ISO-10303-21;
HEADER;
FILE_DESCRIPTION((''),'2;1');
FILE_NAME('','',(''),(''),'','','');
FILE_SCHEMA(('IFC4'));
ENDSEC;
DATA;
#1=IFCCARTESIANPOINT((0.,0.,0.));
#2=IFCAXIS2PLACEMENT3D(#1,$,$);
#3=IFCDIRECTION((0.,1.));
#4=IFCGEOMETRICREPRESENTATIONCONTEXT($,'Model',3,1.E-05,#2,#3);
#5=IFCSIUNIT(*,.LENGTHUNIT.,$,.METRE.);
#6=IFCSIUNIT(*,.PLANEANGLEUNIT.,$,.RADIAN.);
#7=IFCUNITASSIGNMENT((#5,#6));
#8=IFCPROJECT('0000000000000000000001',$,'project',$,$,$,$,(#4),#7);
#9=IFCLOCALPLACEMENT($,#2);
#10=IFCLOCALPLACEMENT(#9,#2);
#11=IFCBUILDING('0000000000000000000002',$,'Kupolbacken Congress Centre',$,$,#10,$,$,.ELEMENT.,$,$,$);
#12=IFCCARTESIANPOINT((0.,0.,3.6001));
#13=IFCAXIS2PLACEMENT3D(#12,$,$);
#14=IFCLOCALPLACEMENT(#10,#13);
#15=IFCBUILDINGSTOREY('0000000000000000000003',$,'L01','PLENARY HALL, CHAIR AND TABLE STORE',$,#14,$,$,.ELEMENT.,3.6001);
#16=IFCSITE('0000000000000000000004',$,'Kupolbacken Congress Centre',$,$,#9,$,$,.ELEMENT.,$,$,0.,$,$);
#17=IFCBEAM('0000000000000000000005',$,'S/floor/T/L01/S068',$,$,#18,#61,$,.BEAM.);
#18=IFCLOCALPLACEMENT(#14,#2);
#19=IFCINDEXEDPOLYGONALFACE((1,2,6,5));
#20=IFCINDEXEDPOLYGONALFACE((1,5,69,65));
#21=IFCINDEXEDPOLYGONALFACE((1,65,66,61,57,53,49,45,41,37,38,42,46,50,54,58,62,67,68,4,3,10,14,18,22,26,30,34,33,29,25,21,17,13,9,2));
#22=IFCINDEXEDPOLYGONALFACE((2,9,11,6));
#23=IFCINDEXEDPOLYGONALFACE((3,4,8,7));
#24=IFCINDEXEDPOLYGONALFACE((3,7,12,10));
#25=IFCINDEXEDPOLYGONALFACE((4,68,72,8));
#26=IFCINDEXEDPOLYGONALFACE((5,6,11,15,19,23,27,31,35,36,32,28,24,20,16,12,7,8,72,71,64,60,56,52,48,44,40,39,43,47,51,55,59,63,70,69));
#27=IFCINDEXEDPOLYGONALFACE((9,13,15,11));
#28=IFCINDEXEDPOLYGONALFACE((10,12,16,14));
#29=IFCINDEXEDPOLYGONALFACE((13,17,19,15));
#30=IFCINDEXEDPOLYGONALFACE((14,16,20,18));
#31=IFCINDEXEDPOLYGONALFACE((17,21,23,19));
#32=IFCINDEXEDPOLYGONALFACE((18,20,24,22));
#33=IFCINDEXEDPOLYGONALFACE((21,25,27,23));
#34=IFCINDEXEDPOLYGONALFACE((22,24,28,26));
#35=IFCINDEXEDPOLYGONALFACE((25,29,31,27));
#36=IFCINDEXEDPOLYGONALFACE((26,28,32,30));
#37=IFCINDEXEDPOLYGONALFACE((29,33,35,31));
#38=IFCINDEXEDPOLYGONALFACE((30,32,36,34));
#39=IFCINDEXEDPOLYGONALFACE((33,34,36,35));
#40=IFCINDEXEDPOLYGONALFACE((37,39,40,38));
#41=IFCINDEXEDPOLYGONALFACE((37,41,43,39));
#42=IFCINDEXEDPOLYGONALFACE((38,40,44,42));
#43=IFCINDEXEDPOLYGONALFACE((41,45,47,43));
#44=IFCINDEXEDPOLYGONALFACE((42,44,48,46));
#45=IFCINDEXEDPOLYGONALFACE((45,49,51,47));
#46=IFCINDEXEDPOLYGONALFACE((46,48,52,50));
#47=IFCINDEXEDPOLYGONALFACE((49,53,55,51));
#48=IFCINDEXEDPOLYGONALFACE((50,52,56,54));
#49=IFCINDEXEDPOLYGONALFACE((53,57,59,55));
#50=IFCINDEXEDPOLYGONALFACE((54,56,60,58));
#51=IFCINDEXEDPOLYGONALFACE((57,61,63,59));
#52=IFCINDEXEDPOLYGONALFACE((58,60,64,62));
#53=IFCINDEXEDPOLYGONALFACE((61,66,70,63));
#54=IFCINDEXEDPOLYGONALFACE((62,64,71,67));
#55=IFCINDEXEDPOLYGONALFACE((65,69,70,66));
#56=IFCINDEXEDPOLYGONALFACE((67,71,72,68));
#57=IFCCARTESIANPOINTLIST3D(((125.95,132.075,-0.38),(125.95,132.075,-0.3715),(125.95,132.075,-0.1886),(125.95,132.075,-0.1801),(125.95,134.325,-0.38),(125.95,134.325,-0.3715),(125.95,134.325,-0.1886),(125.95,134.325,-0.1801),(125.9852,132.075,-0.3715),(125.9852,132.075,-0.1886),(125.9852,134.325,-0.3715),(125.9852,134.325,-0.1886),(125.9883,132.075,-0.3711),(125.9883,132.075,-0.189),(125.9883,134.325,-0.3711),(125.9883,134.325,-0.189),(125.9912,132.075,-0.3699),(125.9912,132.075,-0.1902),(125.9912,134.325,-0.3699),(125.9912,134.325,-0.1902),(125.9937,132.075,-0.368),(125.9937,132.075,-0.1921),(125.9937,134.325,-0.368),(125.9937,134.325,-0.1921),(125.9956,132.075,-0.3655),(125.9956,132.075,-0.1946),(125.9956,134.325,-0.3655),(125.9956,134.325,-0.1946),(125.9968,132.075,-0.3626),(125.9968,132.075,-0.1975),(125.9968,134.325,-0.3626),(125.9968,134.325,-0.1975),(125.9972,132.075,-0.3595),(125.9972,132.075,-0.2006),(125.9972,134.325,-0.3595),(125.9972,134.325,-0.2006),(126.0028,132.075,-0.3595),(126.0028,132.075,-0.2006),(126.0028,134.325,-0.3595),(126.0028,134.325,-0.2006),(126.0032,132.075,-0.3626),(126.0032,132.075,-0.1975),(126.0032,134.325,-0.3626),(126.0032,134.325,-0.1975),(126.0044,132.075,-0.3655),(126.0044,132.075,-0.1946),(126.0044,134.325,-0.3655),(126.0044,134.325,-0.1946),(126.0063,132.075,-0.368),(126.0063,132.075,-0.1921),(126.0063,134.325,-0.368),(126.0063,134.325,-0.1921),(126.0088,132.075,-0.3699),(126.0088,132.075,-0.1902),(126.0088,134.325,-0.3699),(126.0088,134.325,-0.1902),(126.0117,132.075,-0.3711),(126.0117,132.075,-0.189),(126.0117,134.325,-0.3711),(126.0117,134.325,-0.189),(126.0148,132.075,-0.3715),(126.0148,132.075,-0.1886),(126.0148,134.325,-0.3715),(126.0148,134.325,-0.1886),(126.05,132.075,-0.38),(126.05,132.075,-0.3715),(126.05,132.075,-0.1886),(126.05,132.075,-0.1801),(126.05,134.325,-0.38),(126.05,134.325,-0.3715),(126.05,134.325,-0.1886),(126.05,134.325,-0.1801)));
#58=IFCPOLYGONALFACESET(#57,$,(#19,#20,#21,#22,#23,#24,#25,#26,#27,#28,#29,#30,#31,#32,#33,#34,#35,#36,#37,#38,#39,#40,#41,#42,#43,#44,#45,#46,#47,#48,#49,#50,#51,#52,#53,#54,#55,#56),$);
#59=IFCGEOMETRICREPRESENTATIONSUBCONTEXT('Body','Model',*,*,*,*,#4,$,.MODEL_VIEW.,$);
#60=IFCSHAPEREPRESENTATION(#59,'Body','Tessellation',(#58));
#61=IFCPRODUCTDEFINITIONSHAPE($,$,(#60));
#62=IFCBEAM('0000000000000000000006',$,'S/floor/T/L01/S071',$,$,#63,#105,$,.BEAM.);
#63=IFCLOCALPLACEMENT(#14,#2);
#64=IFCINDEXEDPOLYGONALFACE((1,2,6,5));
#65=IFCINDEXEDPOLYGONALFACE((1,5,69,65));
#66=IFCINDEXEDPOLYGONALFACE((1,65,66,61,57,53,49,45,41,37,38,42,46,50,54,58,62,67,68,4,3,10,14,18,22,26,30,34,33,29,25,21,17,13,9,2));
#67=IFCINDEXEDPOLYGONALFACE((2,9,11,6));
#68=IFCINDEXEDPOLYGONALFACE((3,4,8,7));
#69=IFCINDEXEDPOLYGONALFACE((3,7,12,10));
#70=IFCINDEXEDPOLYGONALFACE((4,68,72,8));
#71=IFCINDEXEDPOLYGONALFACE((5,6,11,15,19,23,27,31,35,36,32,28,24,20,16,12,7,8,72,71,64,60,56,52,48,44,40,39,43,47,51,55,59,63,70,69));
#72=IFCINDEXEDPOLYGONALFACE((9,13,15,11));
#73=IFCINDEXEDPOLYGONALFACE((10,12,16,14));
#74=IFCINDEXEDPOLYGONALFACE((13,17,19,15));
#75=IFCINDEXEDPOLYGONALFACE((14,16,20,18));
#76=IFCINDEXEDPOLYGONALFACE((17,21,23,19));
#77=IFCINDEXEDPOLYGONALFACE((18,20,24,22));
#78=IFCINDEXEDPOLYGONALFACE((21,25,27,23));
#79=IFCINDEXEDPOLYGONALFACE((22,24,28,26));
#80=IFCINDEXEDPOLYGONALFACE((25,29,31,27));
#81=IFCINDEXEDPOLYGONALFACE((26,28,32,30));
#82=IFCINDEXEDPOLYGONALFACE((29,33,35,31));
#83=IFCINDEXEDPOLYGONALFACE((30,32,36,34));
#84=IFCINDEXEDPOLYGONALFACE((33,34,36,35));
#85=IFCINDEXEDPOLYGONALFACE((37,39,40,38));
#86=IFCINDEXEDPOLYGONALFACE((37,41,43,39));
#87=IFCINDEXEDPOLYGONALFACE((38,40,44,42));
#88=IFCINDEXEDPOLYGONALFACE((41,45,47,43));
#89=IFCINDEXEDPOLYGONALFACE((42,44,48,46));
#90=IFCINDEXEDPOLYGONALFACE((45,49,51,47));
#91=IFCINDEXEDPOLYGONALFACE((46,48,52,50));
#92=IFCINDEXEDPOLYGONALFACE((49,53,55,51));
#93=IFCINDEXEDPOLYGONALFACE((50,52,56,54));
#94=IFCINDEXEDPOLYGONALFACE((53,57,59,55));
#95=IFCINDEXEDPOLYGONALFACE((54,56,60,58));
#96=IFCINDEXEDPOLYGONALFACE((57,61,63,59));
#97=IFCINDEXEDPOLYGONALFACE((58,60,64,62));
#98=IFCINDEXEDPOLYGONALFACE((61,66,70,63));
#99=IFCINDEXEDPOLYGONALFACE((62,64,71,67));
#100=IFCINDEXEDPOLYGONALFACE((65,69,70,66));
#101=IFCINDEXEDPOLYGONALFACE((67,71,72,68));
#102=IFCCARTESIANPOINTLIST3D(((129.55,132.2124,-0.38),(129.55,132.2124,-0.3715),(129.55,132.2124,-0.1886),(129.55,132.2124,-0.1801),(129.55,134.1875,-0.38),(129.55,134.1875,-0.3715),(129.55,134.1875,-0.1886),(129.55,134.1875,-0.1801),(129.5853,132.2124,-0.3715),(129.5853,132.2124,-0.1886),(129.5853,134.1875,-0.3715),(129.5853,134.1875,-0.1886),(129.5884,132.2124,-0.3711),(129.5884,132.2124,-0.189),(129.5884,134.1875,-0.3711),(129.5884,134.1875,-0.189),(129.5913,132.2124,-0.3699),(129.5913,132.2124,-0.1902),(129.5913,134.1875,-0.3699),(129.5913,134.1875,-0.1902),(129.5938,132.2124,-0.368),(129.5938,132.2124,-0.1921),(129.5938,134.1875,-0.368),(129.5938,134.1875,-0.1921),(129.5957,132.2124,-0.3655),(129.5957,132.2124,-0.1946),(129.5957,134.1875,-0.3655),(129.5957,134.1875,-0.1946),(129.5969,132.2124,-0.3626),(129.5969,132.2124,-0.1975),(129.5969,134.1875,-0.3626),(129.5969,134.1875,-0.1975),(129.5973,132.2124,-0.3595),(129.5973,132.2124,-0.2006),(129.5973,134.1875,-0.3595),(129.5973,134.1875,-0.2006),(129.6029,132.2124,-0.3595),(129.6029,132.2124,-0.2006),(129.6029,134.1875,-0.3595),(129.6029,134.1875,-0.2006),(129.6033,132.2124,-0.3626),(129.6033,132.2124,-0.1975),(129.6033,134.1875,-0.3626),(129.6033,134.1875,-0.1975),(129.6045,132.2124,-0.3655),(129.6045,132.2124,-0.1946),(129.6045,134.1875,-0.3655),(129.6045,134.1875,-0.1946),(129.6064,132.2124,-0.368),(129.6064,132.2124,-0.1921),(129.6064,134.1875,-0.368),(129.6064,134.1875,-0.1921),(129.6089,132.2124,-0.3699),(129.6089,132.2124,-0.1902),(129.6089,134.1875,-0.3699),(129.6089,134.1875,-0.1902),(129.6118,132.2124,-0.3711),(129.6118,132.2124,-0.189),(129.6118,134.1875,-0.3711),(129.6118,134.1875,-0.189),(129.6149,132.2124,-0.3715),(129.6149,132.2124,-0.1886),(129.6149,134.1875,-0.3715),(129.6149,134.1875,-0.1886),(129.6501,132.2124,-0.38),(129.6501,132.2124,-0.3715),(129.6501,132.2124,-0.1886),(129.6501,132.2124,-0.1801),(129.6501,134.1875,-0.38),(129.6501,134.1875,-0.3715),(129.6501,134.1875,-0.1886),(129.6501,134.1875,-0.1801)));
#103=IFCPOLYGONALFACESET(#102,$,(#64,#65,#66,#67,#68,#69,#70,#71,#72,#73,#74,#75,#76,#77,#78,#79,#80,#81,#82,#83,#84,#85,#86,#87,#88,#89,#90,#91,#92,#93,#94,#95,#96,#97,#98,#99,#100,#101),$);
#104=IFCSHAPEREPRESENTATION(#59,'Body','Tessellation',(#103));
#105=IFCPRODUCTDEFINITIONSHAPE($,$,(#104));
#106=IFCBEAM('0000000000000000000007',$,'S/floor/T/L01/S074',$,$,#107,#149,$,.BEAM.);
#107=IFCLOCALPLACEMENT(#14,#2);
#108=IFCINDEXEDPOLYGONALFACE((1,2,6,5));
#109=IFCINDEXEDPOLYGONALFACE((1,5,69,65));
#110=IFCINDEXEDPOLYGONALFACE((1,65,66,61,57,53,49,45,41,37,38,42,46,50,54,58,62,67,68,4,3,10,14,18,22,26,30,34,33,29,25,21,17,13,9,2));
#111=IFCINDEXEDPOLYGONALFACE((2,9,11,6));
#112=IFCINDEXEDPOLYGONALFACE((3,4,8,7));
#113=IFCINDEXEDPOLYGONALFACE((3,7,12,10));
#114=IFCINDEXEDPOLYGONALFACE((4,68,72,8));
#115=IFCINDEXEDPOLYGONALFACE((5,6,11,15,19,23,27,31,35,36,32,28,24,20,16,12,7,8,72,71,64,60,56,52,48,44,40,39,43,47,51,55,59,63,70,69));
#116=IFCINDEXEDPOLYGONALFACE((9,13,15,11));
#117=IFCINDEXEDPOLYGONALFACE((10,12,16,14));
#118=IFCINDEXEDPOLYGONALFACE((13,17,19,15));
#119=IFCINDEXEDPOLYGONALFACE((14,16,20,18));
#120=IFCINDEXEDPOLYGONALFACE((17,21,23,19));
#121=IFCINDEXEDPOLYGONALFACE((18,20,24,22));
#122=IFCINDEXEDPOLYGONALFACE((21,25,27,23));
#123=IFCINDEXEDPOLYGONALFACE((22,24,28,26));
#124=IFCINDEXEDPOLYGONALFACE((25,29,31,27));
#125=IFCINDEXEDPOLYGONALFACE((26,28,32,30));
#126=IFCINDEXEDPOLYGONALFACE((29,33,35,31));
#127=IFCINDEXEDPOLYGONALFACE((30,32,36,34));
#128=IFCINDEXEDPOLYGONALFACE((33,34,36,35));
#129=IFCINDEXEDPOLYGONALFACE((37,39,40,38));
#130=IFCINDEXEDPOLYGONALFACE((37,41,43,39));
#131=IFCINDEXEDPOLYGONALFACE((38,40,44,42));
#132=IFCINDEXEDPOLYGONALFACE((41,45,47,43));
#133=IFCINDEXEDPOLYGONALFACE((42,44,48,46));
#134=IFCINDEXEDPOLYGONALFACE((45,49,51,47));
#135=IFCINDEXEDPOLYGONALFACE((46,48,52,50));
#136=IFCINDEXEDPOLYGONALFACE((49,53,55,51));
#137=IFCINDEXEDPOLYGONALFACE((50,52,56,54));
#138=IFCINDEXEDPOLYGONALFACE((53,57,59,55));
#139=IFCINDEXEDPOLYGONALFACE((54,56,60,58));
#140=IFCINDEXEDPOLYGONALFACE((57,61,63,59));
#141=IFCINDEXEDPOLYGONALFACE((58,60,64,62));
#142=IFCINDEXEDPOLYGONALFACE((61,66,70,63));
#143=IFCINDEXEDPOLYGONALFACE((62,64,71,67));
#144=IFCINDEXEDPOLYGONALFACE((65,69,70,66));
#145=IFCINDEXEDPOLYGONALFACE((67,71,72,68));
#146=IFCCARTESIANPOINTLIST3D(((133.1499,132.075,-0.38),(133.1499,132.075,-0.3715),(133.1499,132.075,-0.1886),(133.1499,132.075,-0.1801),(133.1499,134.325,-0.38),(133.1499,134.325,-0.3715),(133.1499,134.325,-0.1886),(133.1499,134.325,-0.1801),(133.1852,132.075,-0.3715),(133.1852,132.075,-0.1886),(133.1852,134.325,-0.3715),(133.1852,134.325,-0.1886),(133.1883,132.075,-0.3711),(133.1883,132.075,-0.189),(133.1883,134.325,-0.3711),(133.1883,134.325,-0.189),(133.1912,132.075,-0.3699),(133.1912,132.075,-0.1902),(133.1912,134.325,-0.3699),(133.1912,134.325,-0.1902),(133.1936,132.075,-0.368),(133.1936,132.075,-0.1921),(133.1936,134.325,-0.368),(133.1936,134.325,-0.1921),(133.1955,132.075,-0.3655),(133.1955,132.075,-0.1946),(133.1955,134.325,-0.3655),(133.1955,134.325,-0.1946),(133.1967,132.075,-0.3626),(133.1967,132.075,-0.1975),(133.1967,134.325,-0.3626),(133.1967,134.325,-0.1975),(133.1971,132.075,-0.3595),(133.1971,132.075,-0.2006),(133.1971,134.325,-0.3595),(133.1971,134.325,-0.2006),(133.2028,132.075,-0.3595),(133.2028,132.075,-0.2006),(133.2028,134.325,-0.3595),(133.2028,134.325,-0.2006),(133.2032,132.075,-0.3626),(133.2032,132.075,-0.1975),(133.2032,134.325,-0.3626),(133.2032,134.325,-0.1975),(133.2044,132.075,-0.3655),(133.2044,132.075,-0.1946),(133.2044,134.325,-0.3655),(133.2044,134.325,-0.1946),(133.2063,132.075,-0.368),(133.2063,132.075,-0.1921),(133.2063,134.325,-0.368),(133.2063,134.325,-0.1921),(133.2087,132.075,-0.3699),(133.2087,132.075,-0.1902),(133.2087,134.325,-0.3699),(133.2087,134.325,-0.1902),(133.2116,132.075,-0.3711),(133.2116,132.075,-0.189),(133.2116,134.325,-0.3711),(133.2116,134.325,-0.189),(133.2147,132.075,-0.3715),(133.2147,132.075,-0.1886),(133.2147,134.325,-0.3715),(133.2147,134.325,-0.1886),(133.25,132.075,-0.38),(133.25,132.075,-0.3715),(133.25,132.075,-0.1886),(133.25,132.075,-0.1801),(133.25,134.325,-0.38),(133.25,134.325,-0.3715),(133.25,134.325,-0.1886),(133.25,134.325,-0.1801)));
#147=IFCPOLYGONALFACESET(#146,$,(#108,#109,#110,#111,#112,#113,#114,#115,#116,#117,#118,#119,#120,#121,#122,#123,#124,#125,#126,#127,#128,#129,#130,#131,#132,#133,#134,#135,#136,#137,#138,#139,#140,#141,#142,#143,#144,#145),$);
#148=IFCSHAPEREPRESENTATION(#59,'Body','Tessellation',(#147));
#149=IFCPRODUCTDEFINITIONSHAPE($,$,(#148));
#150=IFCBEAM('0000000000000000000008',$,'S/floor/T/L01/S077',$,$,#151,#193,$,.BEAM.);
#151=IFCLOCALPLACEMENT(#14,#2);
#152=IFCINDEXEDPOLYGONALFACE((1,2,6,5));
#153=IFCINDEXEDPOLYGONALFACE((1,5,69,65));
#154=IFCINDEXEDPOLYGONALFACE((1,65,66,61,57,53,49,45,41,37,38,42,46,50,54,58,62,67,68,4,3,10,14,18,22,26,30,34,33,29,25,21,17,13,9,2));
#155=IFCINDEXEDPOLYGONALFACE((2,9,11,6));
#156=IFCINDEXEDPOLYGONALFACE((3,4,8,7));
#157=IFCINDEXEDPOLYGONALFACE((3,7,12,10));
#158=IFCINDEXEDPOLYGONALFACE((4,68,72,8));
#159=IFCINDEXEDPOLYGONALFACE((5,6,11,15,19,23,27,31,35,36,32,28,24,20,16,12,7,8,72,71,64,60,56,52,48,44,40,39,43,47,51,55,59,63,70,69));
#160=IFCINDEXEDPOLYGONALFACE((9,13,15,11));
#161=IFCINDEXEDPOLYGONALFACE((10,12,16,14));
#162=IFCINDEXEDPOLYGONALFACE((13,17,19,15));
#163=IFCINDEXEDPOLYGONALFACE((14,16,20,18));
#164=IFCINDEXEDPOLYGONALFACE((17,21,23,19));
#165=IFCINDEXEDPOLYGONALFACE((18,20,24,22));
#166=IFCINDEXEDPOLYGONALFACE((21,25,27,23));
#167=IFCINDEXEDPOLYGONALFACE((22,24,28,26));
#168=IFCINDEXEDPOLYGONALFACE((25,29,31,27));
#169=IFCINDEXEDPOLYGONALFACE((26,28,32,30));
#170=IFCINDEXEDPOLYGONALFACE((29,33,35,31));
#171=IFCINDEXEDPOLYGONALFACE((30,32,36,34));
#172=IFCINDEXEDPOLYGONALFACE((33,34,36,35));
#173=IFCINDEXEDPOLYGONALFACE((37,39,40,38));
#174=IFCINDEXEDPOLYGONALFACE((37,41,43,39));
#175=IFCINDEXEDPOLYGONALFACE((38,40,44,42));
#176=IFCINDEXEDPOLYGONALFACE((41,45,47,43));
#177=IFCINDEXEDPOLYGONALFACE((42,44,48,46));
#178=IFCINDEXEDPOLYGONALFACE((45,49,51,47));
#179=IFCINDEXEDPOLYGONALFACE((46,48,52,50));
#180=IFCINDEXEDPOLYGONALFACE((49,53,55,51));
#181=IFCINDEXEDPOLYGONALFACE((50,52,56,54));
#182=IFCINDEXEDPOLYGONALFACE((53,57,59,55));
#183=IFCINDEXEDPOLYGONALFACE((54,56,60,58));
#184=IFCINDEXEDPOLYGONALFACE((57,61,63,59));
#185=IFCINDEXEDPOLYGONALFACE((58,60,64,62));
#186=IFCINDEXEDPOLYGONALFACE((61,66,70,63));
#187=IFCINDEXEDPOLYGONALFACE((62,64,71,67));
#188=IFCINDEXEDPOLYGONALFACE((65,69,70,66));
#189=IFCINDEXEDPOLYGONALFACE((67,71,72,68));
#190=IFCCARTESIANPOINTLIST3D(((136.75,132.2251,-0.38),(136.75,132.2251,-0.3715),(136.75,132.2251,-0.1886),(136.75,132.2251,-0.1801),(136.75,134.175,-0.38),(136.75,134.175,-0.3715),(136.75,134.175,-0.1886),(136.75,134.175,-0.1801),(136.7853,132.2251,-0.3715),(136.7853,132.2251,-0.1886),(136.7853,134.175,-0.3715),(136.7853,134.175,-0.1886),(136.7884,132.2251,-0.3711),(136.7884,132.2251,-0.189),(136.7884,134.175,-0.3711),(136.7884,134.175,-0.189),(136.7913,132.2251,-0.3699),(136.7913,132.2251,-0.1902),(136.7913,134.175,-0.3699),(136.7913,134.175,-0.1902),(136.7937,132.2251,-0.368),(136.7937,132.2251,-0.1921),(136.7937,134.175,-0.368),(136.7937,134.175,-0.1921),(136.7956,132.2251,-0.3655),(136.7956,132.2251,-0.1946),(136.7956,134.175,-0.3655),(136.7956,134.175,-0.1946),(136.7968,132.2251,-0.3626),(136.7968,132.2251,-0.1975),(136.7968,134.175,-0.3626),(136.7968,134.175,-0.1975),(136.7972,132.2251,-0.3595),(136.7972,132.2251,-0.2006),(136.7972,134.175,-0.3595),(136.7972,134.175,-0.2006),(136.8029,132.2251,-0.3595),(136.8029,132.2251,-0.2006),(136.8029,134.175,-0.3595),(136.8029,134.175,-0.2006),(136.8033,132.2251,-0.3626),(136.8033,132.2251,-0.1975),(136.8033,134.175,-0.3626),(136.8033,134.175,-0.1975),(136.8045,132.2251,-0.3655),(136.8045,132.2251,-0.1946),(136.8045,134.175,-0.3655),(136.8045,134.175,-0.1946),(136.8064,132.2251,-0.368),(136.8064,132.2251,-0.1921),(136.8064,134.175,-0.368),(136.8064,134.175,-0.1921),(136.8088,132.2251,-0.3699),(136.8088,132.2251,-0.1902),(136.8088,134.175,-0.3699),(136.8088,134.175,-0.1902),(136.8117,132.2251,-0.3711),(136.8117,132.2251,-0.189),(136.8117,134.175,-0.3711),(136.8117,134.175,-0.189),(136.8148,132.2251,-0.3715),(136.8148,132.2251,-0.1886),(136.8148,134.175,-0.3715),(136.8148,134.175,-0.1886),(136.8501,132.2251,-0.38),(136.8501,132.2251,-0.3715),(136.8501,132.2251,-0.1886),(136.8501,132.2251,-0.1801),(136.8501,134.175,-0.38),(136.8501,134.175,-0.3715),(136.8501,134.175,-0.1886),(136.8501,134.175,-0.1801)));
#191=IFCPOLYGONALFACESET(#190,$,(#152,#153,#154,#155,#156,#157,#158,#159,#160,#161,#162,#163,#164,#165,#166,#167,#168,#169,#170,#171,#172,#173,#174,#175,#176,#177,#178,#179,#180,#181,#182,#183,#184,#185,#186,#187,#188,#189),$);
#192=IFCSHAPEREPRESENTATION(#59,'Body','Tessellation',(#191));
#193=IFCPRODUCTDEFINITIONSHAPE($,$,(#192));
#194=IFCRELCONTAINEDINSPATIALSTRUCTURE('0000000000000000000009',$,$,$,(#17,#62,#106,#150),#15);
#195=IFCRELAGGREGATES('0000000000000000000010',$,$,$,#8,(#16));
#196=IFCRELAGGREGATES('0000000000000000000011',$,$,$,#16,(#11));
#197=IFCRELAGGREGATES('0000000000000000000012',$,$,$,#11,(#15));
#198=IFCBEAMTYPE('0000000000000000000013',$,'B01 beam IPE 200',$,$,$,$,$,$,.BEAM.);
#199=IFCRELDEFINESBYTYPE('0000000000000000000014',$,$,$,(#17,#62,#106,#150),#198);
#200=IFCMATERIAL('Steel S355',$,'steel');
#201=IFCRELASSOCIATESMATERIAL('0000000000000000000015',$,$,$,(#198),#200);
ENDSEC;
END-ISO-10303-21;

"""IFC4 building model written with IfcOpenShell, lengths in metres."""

from ifc_helpers import new_model, si_unit, direction, frame, origin, origin_2d, place, context, subcontext, project, spatial, i_section, extrude, material, material_profile, profile_set, type_object, element, save


model = new_model("IFC4")

# Units and contexts
model_context = context("Model", 3, precision=1e-05, world=origin(), true_north=direction((0.0, 1.0)))
body_context = subcontext(model_context, "Body", "Model", "MODEL_VIEW")
ifc_project = project(units=[si_unit("LENGTHUNIT", "METRE"), si_unit("PLANEANGLEUNIT", "RADIAN")], contexts=[model_context])

# Site, building, storey
site_placement = place(None, origin())
site = spatial("IfcSite", under=ifc_project, at=site_placement, Name="Kupolbacken Congress Centre", CompositionType="ELEMENT", RefElevation=0.0)
building_placement = place(site_placement, origin())
building = spatial("IfcBuilding", under=site, at=building_placement, Name="Kupolbacken Congress Centre", CompositionType="ELEMENT")
storey_placement = place(building_placement, frame((0.0, 0.0, 3.6001)))
storey = spatial("IfcBuildingStorey", under=building, at=storey_placement, Name="L01", Description="PLENARY HALL, CHAIR AND TABLE STORE", CompositionType="ELEMENT", Elevation=3.6001)

# Beams
ifc_material_1 = material(Name="Steel S355", Category="steel")
ifc_material_profile_1 = material_profile(ifc_material_1, i_section(OverallWidth=0.1001, OverallDepth=0.2, WebThickness=0.0056, FlangeThickness=0.0085, FilletRadius=0.012, at=origin_2d()), Name="IPE 200")
ifc_profile_set_1 = profile_set([ifc_material_profile_1], Name="Steel S355")
beam_type_1 = type_object("IfcBeamType", Name="B01 beam IPE 200", PredefinedType="BEAM", material=ifc_profile_set_1)
beam_1_placement = place(storey_placement, frame((126.0, 132.075, -0.28), z_axis=(0.0, 1.0, 0.0), x_axis=(-1.0, 0.0, 0.0)))
element("IfcBeam", 1, at=beam_1_placement, inside=storey, type_object=beam_type_1, Name="S/floor/T/L01/S068", PredefinedType="BEAM", context=body_context, shape_type="SweptSolid", body=[
    extrude(i_section(OverallWidth=0.1001, OverallDepth=0.2, WebThickness=0.0056, FlangeThickness=0.0085, FilletRadius=0.012, at=origin_2d()), origin(), (0.0, 0.0, 1.0), 2.25),
])
beam_2_placement = place(storey_placement, frame((129.6001, 132.2124, -0.28), z_axis=(0.0, 1.0, 0.0), x_axis=(-1.0, 0.0, 0.0)))
element("IfcBeam", 2, at=beam_2_placement, inside=storey, type_object=beam_type_1, Name="S/floor/T/L01/S071", PredefinedType="BEAM", context=body_context, shape_type="SweptSolid", body=[
    extrude(i_section(OverallWidth=0.1001, OverallDepth=0.2, WebThickness=0.0056, FlangeThickness=0.0085, FilletRadius=0.012, at=origin_2d()), origin(), (0.0, 0.0, 1.0), 1.9751),
])
beam_3_placement = place(storey_placement, frame((133.2, 132.075, -0.28), z_axis=(0.0, 1.0, 0.0), x_axis=(-1.0, 0.0, 0.0)))
element("IfcBeam", 3, at=beam_3_placement, inside=storey, type_object=beam_type_1, Name="S/floor/T/L01/S074", PredefinedType="BEAM", context=body_context, shape_type="SweptSolid", body=[
    extrude(i_section(OverallWidth=0.1001, OverallDepth=0.2, WebThickness=0.0056, FlangeThickness=0.0085, FilletRadius=0.012, at=origin_2d()), origin(), (0.0, 0.0, 1.0), 2.25),
])
beam_4_placement = place(storey_placement, frame((136.8, 132.2251, -0.28), z_axis=(0.0, 1.0, 0.0), x_axis=(-1.0, 0.0, 0.0)))
element("IfcBeam", 4, at=beam_4_placement, inside=storey, type_object=beam_type_1, Name="S/floor/T/L01/S077", PredefinedType="BEAM", context=body_context, shape_type="SweptSolid", body=[
    extrude(i_section(OverallWidth=0.1001, OverallDepth=0.2, WebThickness=0.0056, FlangeThickness=0.0085, FilletRadius=0.012, at=origin_2d()), origin(), (0.0, 0.0, 1.0), 1.95),
])

save(model, "model.ifc")
